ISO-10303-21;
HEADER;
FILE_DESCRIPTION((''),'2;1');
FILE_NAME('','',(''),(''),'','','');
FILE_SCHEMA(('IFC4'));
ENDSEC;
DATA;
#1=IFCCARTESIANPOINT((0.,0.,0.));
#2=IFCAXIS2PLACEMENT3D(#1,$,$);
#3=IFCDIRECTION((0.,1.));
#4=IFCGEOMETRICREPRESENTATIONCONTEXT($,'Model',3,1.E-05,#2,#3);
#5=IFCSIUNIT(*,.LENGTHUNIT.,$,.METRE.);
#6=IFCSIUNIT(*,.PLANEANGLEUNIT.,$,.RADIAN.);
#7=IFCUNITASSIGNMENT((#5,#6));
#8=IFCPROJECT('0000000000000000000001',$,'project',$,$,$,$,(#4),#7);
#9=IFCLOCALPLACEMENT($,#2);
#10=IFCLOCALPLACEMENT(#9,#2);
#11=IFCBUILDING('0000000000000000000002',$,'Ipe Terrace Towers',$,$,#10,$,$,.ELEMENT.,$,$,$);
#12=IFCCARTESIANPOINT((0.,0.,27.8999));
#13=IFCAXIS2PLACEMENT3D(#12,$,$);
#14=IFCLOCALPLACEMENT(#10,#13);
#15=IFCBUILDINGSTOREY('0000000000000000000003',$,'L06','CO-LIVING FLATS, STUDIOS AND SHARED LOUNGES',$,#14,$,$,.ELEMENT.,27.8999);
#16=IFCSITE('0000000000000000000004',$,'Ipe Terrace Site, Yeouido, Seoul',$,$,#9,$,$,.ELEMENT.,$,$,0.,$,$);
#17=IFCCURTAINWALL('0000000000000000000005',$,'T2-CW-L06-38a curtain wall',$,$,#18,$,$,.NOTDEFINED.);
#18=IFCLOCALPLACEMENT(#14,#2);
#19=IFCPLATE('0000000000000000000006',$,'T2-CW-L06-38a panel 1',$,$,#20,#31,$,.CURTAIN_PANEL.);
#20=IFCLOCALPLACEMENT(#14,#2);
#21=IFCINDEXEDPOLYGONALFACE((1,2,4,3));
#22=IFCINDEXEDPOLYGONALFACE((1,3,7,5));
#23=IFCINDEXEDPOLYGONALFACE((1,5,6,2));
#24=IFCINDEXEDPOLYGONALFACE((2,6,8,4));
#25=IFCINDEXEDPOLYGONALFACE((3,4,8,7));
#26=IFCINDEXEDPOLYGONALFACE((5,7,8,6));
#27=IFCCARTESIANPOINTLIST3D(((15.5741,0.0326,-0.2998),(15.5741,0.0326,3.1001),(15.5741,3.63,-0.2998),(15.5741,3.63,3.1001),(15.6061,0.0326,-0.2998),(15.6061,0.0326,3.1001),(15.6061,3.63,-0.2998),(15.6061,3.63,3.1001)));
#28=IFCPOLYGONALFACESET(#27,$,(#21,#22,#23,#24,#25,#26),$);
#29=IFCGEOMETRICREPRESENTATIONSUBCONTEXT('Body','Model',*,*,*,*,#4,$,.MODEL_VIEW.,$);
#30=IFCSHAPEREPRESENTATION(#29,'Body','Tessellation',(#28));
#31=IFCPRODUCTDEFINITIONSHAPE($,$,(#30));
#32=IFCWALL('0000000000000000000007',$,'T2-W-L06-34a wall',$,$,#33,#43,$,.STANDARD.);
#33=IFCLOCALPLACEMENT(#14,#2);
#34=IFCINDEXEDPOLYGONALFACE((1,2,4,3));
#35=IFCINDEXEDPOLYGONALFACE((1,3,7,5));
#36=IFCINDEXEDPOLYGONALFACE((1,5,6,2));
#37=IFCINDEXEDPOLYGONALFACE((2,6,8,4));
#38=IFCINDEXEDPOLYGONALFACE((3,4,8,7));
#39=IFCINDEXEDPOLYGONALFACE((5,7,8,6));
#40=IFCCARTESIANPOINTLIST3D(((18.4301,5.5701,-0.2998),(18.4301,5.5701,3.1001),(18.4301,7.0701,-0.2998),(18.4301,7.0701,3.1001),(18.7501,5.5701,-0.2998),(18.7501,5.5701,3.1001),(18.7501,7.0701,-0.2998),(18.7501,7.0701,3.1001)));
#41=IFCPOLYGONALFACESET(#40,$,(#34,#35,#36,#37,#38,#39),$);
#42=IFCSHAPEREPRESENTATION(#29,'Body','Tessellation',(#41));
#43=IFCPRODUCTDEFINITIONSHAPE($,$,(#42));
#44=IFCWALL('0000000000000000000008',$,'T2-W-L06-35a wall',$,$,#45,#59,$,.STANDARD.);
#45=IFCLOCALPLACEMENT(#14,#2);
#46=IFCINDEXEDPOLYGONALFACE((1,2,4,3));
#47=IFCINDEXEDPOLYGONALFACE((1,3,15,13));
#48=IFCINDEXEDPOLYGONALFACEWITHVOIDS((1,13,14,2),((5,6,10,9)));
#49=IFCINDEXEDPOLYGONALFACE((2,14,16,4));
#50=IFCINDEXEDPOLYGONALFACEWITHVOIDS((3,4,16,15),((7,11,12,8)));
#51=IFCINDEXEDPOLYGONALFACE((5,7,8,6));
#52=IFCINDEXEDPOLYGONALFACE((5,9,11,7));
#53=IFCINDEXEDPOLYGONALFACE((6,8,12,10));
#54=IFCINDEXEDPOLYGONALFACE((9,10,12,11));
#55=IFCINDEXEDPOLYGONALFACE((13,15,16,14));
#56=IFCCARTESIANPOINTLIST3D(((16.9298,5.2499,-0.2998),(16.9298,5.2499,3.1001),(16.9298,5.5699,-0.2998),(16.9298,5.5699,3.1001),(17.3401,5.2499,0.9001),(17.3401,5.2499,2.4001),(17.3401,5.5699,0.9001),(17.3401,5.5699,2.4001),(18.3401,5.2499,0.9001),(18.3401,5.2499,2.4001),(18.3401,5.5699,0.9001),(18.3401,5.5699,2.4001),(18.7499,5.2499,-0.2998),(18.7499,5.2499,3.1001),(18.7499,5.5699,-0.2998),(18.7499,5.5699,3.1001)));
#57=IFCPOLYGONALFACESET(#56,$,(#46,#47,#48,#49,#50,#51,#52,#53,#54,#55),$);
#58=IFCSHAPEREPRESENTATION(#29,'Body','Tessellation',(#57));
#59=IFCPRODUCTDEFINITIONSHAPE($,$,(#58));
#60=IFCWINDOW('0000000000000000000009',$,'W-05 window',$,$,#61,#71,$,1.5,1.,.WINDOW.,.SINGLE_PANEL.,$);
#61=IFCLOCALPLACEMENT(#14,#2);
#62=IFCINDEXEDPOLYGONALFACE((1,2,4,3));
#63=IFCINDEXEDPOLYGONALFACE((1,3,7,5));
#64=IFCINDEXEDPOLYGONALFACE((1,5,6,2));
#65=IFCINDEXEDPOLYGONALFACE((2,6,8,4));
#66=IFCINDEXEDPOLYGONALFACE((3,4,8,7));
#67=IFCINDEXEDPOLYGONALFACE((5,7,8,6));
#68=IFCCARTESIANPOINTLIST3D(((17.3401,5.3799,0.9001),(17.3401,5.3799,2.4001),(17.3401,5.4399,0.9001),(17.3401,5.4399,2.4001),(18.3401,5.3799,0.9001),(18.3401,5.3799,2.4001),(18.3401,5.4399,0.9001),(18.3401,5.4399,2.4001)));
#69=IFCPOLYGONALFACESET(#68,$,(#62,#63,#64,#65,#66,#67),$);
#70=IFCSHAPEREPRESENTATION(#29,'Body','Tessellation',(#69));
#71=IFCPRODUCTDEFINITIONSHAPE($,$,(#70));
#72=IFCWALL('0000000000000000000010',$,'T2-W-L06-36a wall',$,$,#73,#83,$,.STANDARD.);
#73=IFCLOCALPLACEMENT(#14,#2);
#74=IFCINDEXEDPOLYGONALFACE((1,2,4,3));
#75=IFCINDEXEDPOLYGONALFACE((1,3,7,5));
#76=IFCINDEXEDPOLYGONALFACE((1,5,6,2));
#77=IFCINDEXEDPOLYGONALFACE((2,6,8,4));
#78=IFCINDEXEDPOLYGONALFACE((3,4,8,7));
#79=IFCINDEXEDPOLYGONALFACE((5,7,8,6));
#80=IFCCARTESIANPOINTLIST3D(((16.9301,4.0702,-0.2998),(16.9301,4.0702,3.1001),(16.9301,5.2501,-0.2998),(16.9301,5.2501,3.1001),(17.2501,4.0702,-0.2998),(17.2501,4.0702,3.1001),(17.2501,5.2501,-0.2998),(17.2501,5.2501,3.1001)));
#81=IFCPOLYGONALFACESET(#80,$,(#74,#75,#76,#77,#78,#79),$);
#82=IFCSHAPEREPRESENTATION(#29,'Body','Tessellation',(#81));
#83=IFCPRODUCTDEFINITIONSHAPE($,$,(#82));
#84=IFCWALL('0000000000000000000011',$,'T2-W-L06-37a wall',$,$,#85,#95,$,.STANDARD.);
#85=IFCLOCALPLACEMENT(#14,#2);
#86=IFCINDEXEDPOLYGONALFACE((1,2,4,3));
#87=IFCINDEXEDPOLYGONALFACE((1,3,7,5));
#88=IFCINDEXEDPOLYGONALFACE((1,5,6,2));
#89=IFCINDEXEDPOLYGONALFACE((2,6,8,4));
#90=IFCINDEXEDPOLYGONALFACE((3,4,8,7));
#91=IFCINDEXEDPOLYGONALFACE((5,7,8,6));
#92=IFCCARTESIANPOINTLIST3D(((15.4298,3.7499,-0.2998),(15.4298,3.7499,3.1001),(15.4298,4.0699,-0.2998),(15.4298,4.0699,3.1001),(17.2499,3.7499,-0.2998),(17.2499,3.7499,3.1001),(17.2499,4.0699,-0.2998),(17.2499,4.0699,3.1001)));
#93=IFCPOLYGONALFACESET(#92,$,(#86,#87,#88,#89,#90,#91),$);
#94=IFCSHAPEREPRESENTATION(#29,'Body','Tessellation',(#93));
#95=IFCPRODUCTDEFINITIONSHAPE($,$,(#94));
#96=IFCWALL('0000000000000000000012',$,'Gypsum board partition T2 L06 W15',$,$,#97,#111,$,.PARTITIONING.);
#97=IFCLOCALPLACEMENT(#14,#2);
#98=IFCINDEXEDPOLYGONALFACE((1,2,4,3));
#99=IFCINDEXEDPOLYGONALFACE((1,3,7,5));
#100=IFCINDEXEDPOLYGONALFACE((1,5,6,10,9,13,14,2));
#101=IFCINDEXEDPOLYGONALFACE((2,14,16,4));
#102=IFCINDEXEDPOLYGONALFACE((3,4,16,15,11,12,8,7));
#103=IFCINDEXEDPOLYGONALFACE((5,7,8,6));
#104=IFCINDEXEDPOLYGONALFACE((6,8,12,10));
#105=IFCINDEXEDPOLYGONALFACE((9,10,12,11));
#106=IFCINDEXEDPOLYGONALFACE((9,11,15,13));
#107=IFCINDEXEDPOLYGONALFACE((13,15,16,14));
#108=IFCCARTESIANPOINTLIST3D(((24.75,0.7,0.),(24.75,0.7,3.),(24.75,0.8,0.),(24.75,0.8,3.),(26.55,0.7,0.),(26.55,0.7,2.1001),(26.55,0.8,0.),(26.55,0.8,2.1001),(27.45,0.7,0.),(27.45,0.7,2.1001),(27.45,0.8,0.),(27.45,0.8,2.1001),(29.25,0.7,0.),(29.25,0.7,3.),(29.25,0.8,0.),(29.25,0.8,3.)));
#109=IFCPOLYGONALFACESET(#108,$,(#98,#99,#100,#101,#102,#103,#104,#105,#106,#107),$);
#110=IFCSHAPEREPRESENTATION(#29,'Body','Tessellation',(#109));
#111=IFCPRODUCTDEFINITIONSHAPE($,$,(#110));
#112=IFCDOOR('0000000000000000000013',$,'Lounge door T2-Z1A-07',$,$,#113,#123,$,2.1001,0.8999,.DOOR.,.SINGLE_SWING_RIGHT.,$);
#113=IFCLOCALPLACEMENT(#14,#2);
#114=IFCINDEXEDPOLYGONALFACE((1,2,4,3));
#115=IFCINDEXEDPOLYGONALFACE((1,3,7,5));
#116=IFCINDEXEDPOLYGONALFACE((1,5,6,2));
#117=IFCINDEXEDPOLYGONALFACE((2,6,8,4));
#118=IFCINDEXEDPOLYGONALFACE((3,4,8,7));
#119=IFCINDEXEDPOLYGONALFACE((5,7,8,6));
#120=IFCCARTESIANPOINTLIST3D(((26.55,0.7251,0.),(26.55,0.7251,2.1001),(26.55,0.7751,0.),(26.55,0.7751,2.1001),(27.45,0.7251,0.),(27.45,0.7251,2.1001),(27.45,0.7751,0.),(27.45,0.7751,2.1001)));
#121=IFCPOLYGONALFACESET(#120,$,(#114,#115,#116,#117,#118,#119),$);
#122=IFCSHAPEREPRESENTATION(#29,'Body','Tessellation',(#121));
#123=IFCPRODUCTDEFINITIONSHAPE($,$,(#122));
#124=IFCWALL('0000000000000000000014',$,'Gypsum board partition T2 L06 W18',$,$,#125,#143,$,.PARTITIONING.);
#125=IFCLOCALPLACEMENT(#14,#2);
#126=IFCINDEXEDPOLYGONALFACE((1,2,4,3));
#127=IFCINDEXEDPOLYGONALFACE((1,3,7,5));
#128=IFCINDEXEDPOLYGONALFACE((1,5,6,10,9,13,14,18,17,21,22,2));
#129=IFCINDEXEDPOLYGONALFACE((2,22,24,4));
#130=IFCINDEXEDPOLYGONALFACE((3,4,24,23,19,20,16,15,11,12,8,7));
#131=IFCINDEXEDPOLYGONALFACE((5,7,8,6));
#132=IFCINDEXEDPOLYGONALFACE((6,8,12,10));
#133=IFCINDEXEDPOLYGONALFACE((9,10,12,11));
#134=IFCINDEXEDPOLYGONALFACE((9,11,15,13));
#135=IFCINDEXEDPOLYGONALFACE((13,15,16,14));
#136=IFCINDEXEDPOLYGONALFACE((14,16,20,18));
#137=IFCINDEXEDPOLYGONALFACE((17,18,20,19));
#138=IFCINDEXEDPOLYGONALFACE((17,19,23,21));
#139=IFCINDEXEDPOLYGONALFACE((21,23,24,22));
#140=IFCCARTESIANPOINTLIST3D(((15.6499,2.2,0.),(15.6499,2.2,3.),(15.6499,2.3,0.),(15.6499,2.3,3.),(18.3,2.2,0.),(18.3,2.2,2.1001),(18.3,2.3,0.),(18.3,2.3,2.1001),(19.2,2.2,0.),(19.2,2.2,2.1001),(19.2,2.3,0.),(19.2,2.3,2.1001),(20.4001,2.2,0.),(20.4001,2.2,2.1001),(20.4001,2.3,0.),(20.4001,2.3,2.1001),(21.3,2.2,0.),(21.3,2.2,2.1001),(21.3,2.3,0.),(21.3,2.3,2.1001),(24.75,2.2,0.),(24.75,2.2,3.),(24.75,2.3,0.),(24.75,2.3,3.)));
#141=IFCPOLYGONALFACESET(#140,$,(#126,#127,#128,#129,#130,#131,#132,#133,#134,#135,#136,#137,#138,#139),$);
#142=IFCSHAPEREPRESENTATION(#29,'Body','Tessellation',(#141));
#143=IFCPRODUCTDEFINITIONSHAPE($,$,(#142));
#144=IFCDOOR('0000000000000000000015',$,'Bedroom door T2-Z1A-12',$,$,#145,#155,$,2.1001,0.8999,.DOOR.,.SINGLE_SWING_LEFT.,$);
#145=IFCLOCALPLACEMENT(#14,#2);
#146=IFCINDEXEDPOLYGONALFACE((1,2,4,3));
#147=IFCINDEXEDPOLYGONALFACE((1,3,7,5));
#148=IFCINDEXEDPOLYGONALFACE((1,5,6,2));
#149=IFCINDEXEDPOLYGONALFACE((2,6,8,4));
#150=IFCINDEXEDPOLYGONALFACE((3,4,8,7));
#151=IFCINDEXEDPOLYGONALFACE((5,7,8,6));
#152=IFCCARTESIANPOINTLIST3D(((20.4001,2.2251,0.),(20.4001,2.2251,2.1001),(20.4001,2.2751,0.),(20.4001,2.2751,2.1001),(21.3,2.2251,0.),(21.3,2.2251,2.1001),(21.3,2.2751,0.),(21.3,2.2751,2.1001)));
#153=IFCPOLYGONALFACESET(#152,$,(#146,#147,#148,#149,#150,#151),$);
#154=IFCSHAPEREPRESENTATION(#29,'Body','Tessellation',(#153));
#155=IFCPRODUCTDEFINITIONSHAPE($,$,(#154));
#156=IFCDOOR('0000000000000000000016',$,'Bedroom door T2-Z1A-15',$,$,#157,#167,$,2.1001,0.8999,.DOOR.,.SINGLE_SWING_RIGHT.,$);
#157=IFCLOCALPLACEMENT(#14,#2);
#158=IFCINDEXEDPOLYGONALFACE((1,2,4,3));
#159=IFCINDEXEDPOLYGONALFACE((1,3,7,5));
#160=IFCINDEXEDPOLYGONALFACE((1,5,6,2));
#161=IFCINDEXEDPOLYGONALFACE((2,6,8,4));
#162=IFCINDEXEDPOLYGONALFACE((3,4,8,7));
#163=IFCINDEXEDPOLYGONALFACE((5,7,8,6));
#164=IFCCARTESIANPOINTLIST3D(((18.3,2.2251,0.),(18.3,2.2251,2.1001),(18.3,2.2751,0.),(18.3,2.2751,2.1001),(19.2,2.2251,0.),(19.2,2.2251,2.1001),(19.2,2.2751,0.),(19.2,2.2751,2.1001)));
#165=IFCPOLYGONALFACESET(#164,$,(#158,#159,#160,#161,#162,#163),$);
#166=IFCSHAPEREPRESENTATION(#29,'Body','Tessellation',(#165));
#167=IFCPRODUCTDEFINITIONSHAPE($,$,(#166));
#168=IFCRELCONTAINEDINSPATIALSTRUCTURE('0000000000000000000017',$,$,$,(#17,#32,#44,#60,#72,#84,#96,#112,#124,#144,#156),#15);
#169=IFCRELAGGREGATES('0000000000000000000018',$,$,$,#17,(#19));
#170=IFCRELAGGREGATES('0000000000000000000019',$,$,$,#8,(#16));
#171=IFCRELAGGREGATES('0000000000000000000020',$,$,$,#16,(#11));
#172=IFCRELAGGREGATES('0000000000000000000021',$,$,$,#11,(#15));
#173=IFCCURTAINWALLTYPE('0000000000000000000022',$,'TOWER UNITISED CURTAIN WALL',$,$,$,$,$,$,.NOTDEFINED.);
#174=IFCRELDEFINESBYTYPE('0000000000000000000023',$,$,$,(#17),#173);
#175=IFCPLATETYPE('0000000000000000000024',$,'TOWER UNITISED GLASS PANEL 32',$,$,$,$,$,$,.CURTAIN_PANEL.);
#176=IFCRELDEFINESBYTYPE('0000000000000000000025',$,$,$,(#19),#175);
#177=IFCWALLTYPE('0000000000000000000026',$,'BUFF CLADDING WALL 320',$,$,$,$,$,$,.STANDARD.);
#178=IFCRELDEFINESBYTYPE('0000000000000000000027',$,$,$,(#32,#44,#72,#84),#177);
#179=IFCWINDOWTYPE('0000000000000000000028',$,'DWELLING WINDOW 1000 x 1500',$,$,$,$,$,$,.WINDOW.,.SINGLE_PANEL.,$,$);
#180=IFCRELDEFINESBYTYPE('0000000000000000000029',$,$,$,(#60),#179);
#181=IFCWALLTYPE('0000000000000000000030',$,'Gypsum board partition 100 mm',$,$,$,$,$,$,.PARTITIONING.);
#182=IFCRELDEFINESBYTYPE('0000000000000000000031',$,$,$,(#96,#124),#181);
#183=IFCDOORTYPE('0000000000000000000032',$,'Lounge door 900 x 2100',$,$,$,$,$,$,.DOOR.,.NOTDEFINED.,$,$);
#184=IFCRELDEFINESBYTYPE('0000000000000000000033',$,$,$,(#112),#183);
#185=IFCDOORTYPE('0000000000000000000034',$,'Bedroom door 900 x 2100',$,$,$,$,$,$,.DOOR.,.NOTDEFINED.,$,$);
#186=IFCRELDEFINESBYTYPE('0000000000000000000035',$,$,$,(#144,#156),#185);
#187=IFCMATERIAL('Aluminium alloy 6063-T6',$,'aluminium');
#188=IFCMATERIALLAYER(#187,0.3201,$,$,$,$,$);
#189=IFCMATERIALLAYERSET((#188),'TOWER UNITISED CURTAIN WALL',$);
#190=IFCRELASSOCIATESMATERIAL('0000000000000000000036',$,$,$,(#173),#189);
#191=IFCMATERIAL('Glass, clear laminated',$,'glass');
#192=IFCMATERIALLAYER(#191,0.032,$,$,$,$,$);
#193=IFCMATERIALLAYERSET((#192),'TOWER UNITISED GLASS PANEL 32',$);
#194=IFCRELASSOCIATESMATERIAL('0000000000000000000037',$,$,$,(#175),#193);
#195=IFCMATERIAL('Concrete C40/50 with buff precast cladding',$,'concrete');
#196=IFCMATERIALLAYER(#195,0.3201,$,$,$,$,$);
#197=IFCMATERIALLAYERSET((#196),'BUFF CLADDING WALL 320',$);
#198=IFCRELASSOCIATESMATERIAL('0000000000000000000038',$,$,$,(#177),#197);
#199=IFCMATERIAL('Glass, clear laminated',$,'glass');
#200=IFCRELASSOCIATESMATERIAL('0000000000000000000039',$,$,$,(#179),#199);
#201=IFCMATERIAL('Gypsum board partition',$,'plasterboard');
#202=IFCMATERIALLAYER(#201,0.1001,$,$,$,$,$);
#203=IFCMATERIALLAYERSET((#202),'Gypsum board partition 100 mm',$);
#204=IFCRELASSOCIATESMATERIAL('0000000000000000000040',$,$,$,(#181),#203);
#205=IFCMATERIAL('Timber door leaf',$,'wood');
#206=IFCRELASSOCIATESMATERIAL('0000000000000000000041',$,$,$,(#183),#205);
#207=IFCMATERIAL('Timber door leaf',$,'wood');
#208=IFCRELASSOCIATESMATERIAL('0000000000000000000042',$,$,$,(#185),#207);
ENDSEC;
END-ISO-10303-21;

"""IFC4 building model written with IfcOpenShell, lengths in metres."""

from ifc_helpers import new_model, si_unit, direction, frame, frame_2d, origin, origin_2d, place, context, subcontext, project, spatial, rectangle, extrude, material, layer, layer_set, type_object, element, fill, aggregate, save


model = new_model("IFC4")

# Units and contexts
model_context = context("Model", 3, precision=1e-05, world=origin(), true_north=direction((0.0, 1.0)))
body_context = subcontext(model_context, "Body", "Model", "MODEL_VIEW")
ifc_project = project(units=[si_unit("LENGTHUNIT", "METRE"), si_unit("PLANEANGLEUNIT", "RADIAN")], contexts=[model_context])

# Site, building, storey
site_placement = place(None, origin())
site = spatial("IfcSite", under=ifc_project, at=site_placement, Name="Ipe Terrace Site, Yeouido, Seoul", CompositionType="ELEMENT", RefElevation=0.0)
building_placement = place(site_placement, origin())
building = spatial("IfcBuilding", under=site, at=building_placement, Name="Ipe Terrace Towers", CompositionType="ELEMENT")
storey_placement = place(building_placement, frame((0.0, 0.0, 27.8999)))
storey = spatial("IfcBuildingStorey", under=building, at=storey_placement, Name="L06", Description="CO-LIVING FLATS, STUDIOS AND SHARED LOUNGES", CompositionType="ELEMENT", Elevation=27.8999)

# Curtain wall
ifc_material_1 = material(Name="Aluminium alloy 6063-T6", Category="aluminium")
ifc_layer_1 = layer(ifc_material_1, 0.3201)
ifc_layer_set_1 = layer_set([ifc_layer_1], Name="TOWER UNITISED CURTAIN WALL")
curtain_wall_type = type_object("IfcCurtainWallType", Name="TOWER UNITISED CURTAIN WALL", PredefinedType="NOTDEFINED", material=ifc_layer_set_1)
curtain_wall_1_placement = place(storey_placement, origin())
curtain_wall_1 = element("IfcCurtainWall", 1, at=curtain_wall_1_placement, inside=storey, type_object=curtain_wall_type, Name="T2-CW-L06-38a curtain wall", PredefinedType="NOTDEFINED")

# Plate
ifc_material_2 = material(Name="Glass, clear laminated", Category="glass")
ifc_layer_2 = layer(ifc_material_2, 0.032)
ifc_layer_set_2 = layer_set([ifc_layer_2], Name="TOWER UNITISED GLASS PANEL 32")
plate_type = type_object("IfcPlateType", Name="TOWER UNITISED GLASS PANEL 32", PredefinedType="CURTAIN_PANEL", material=ifc_layer_set_2)
plate_1_placement = place(storey_placement, frame((15.5901, 1.8313, -0.2998), z_axis=(0.0, 0.0, 1.0), x_axis=(0.0, -1.0, 0.0)))
plate_1 = element("IfcPlate", 2, at=plate_1_placement, type_object=plate_type, Name="T2-CW-L06-38a panel 1", PredefinedType="CURTAIN_PANEL", context=body_context, shape_type="SweptSolid", body=[
    extrude(rectangle(XDim=3.5974, YDim=0.032, at=origin_2d()), origin(), (0.0, 0.0, 1.0), 3.3999),
])
aggregate(curtain_wall_1, [plate_1])

# Wall
ifc_material_3 = material(Name="Concrete C40/50 with buff precast cladding", Category="concrete")
ifc_layer_3 = layer(ifc_material_3, 0.3201)
ifc_layer_set_3 = layer_set([ifc_layer_3], Name="BUFF CLADDING WALL 320")
wall_type_1 = type_object("IfcWallType", Name="BUFF CLADDING WALL 320", PredefinedType="STANDARD", material=ifc_layer_set_3)
wall_1_placement = place(storey_placement, frame((18.5901, 7.0701, -0.2998), z_axis=(0.0, 0.0, 1.0), x_axis=(0.0, -1.0, 0.0)))
element("IfcWall", 3, at=wall_1_placement, inside=storey, type_object=wall_type_1, Name="T2-W-L06-34a wall", PredefinedType="STANDARD", context=body_context, shape_type="SweptSolid", body=[
    extrude(rectangle(XDim=1.5, YDim=0.3201, at=frame_2d((0.75, 0.0))), origin(), (0.0, 0.0, 1.0), 3.3999),
])

# Wall, opening, window
wall_2_placement = place(storey_placement, frame((18.75, 5.4099, -0.2998), z_axis=(0.0, 0.0, 1.0), x_axis=(-1.0, 0.0, 0.0)))
wall_2 = element("IfcWall", 4, at=wall_2_placement, inside=storey, type_object=wall_type_1, Name="T2-W-L06-35a wall", PredefinedType="STANDARD", context=body_context, shape_type="SweptSolid", body=[
    extrude(rectangle(XDim=1.8201, YDim=0.3201, at=frame_2d((0.9102, 0.0))), origin(), (0.0, 0.0, 1.0), 3.3999),
])
opening_1_placement = place(wall_2_placement, frame((0.4099, 0.0, 1.2)))
opening_1 = element("IfcOpeningElement", 5, at=opening_1_placement, cuts=wall_2, PredefinedType="OPENING", context=body_context, shape_type="SweptSolid", body=[
    extrude(rectangle(XDim=1.0, YDim=1.5, at=frame_2d((0.5, 0.75))), frame((0.0, 0.1699, 0.0), z_axis=(0.0, -1.0, 0.0), x_axis=(1.0, 0.0, 0.0)), (0.0, 0.0, 1.0), 0.3401),
])
ifc_material_4 = material(Name="Glass, clear laminated", Category="glass")
window_type = type_object("IfcWindowType", Name="DWELLING WINDOW 1000 x 1500", PartitioningType="SINGLE_PANEL", PredefinedType="WINDOW", material=ifc_material_4)
window_placement = place(opening_1_placement, origin())
window = element("IfcWindow", 6, at=window_placement, inside=storey, type_object=window_type, Name="W-05 window", OverallHeight=1.5, OverallWidth=1.0, PartitioningType="SINGLE_PANEL", PredefinedType="WINDOW", context=body_context, shape_type="SweptSolid", body=[
    extrude(rectangle(XDim=1.0, YDim=1.5, at=frame_2d((0.5, 0.75))), frame((0.0, 0.03, 0.0), z_axis=(0.0, -1.0, 0.0), x_axis=(1.0, 0.0, 0.0)), (0.0, 0.0, 1.0), 0.0601),
])
fill(opening_1, window)

# Walls
wall_3_placement = place(storey_placement, frame((17.0901, 5.25, -0.2998), z_axis=(0.0, 0.0, 1.0), x_axis=(0.0, -1.0, 0.0)))
element("IfcWall", 7, at=wall_3_placement, inside=storey, type_object=wall_type_1, Name="T2-W-L06-36a wall", PredefinedType="STANDARD", context=body_context, shape_type="SweptSolid", body=[
    extrude(rectangle(XDim=1.1799, YDim=0.3201, at=frame_2d((0.5898, 0.0))), origin(), (0.0, 0.0, 1.0), 3.3999),
])
wall_4_placement = place(storey_placement, frame((17.25, 3.9099, -0.2998), z_axis=(0.0, 0.0, 1.0), x_axis=(-1.0, 0.0, 0.0)))
element("IfcWall", 8, at=wall_4_placement, inside=storey, type_object=wall_type_1, Name="T2-W-L06-37a wall", PredefinedType="STANDARD", context=body_context, shape_type="SweptSolid", body=[
    extrude(rectangle(XDim=1.8201, YDim=0.3201, at=frame_2d((0.9102, 0.0))), origin(), (0.0, 0.0, 1.0), 3.3999),
])

# Wall, opening, door
ifc_material_5 = material(Name="Gypsum board partition", Category="plasterboard")
ifc_layer_4 = layer(ifc_material_5, 0.1001)
ifc_layer_set_4 = layer_set([ifc_layer_4], Name="Gypsum board partition 100 mm")
wall_type_2 = type_object("IfcWallType", Name="Gypsum board partition 100 mm", PredefinedType="PARTITIONING", material=ifc_layer_set_4)
wall_5_placement = place(storey_placement, frame((29.25, 0.75, 0.0), z_axis=(0.0, 0.0, 1.0), x_axis=(-1.0, 0.0, 0.0)))
wall_5 = element("IfcWall", 9, at=wall_5_placement, inside=storey, type_object=wall_type_2, Name="Gypsum board partition T2 L06 W15", PredefinedType="PARTITIONING", context=body_context, shape_type="SweptSolid", body=[
    extrude(rectangle(XDim=4.5, YDim=0.1001, at=frame_2d((2.25, 0.0))), origin(), (0.0, 0.0, 1.0), 3.0),
])
opening_2_placement = place(wall_5_placement, frame((1.8, 0.0, 0.0)))
opening_2 = element("IfcOpeningElement", 10, at=opening_2_placement, cuts=wall_5, PredefinedType="OPENING", context=body_context, shape_type="SweptSolid", body=[
    extrude(rectangle(XDim=0.8999, YDim=2.1001, at=frame_2d((0.45, 1.05))), frame((0.0, 0.0601, 0.0), z_axis=(0.0, -1.0, 0.0), x_axis=(1.0, 0.0, 0.0)), (0.0, 0.0, 1.0), 0.1201),
])
ifc_material_6 = material(Name="Timber door leaf", Category="wood")
door_type_1 = type_object("IfcDoorType", Name="Lounge door 900 x 2100", OperationType="NOTDEFINED", PredefinedType="DOOR", material=ifc_material_6)
door_1_placement = place(opening_2_placement, origin())
door_1 = element("IfcDoor", 11, at=door_1_placement, inside=storey, type_object=door_type_1, Name="Lounge door T2-Z1A-07", OperationType="SINGLE_SWING_RIGHT", OverallHeight=2.1001, OverallWidth=0.8999, PredefinedType="DOOR", context=body_context, shape_type="SweptSolid", body=[
    extrude(rectangle(XDim=0.8999, YDim=2.1001, at=frame_2d((0.45, 1.05))), frame((0.0, 0.0249, 0.0), z_axis=(0.0, -1.0, 0.0), x_axis=(1.0, 0.0, 0.0)), (0.0, 0.0, 1.0), 0.05),
])
fill(opening_2, door_1)

# Wall, openings, doors
wall_6_placement = place(storey_placement, frame((24.75, 2.25, 0.0), z_axis=(0.0, 0.0, 1.0), x_axis=(-1.0, 0.0, 0.0)))
wall_6 = element("IfcWall", 12, at=wall_6_placement, inside=storey, type_object=wall_type_2, Name="Gypsum board partition T2 L06 W18", PredefinedType="PARTITIONING", context=body_context, shape_type="SweptSolid", body=[
    extrude(rectangle(XDim=9.1001, YDim=0.1001, at=frame_2d((4.55, 0.0))), origin(), (0.0, 0.0, 1.0), 3.0),
])
opening_3_placement = place(wall_6_placement, frame((3.45, 0.0, 0.0)))
opening_3 = element("IfcOpeningElement", 13, at=opening_3_placement, cuts=wall_6, PredefinedType="OPENING", context=body_context, shape_type="SweptSolid", body=[
    extrude(rectangle(XDim=0.8999, YDim=2.1001, at=frame_2d((0.45, 1.05))), frame((0.0, 0.0601, 0.0), z_axis=(0.0, -1.0, 0.0), x_axis=(1.0, 0.0, 0.0)), (0.0, 0.0, 1.0), 0.1201),
])
opening_4_placement = place(wall_6_placement, frame((5.55, 0.0, 0.0)))
opening_4 = element("IfcOpeningElement", 14, at=opening_4_placement, cuts=wall_6, PredefinedType="OPENING", context=body_context, shape_type="SweptSolid", body=[
    extrude(rectangle(XDim=0.8999, YDim=2.1001, at=frame_2d((0.45, 1.05))), frame((0.0, 0.0601, 0.0), z_axis=(0.0, -1.0, 0.0), x_axis=(1.0, 0.0, 0.0)), (0.0, 0.0, 1.0), 0.1201),
])
ifc_material_7 = material(Name="Timber door leaf", Category="wood")
door_type_2 = type_object("IfcDoorType", Name="Bedroom door 900 x 2100", OperationType="NOTDEFINED", PredefinedType="DOOR", material=ifc_material_7)
door_2_placement = place(opening_3_placement, origin())
door_2 = element("IfcDoor", 15, at=door_2_placement, inside=storey, type_object=door_type_2, Name="Bedroom door T2-Z1A-12", OperationType="SINGLE_SWING_LEFT", OverallHeight=2.1001, OverallWidth=0.8999, PredefinedType="DOOR", context=body_context, shape_type="SweptSolid", body=[
    extrude(rectangle(XDim=0.8999, YDim=2.1001, at=frame_2d((0.45, 1.05))), frame((0.0, 0.0249, 0.0), z_axis=(0.0, -1.0, 0.0), x_axis=(1.0, 0.0, 0.0)), (0.0, 0.0, 1.0), 0.05),
])
fill(opening_3, door_2)
door_3_placement = place(opening_4_placement, origin())
door_3 = element("IfcDoor", 16, at=door_3_placement, inside=storey, type_object=door_type_2, Name="Bedroom door T2-Z1A-15", OperationType="SINGLE_SWING_RIGHT", OverallHeight=2.1001, OverallWidth=0.8999, PredefinedType="DOOR", context=body_context, shape_type="SweptSolid", body=[
    extrude(rectangle(XDim=0.8999, YDim=2.1001, at=frame_2d((0.45, 1.05))), frame((0.0, 0.0249, 0.0), z_axis=(0.0, -1.0, 0.0), x_axis=(1.0, 0.0, 0.0)), (0.0, 0.0, 1.0), 0.05),
])
fill(opening_4, door_3)

save(model, "model.ifc")
